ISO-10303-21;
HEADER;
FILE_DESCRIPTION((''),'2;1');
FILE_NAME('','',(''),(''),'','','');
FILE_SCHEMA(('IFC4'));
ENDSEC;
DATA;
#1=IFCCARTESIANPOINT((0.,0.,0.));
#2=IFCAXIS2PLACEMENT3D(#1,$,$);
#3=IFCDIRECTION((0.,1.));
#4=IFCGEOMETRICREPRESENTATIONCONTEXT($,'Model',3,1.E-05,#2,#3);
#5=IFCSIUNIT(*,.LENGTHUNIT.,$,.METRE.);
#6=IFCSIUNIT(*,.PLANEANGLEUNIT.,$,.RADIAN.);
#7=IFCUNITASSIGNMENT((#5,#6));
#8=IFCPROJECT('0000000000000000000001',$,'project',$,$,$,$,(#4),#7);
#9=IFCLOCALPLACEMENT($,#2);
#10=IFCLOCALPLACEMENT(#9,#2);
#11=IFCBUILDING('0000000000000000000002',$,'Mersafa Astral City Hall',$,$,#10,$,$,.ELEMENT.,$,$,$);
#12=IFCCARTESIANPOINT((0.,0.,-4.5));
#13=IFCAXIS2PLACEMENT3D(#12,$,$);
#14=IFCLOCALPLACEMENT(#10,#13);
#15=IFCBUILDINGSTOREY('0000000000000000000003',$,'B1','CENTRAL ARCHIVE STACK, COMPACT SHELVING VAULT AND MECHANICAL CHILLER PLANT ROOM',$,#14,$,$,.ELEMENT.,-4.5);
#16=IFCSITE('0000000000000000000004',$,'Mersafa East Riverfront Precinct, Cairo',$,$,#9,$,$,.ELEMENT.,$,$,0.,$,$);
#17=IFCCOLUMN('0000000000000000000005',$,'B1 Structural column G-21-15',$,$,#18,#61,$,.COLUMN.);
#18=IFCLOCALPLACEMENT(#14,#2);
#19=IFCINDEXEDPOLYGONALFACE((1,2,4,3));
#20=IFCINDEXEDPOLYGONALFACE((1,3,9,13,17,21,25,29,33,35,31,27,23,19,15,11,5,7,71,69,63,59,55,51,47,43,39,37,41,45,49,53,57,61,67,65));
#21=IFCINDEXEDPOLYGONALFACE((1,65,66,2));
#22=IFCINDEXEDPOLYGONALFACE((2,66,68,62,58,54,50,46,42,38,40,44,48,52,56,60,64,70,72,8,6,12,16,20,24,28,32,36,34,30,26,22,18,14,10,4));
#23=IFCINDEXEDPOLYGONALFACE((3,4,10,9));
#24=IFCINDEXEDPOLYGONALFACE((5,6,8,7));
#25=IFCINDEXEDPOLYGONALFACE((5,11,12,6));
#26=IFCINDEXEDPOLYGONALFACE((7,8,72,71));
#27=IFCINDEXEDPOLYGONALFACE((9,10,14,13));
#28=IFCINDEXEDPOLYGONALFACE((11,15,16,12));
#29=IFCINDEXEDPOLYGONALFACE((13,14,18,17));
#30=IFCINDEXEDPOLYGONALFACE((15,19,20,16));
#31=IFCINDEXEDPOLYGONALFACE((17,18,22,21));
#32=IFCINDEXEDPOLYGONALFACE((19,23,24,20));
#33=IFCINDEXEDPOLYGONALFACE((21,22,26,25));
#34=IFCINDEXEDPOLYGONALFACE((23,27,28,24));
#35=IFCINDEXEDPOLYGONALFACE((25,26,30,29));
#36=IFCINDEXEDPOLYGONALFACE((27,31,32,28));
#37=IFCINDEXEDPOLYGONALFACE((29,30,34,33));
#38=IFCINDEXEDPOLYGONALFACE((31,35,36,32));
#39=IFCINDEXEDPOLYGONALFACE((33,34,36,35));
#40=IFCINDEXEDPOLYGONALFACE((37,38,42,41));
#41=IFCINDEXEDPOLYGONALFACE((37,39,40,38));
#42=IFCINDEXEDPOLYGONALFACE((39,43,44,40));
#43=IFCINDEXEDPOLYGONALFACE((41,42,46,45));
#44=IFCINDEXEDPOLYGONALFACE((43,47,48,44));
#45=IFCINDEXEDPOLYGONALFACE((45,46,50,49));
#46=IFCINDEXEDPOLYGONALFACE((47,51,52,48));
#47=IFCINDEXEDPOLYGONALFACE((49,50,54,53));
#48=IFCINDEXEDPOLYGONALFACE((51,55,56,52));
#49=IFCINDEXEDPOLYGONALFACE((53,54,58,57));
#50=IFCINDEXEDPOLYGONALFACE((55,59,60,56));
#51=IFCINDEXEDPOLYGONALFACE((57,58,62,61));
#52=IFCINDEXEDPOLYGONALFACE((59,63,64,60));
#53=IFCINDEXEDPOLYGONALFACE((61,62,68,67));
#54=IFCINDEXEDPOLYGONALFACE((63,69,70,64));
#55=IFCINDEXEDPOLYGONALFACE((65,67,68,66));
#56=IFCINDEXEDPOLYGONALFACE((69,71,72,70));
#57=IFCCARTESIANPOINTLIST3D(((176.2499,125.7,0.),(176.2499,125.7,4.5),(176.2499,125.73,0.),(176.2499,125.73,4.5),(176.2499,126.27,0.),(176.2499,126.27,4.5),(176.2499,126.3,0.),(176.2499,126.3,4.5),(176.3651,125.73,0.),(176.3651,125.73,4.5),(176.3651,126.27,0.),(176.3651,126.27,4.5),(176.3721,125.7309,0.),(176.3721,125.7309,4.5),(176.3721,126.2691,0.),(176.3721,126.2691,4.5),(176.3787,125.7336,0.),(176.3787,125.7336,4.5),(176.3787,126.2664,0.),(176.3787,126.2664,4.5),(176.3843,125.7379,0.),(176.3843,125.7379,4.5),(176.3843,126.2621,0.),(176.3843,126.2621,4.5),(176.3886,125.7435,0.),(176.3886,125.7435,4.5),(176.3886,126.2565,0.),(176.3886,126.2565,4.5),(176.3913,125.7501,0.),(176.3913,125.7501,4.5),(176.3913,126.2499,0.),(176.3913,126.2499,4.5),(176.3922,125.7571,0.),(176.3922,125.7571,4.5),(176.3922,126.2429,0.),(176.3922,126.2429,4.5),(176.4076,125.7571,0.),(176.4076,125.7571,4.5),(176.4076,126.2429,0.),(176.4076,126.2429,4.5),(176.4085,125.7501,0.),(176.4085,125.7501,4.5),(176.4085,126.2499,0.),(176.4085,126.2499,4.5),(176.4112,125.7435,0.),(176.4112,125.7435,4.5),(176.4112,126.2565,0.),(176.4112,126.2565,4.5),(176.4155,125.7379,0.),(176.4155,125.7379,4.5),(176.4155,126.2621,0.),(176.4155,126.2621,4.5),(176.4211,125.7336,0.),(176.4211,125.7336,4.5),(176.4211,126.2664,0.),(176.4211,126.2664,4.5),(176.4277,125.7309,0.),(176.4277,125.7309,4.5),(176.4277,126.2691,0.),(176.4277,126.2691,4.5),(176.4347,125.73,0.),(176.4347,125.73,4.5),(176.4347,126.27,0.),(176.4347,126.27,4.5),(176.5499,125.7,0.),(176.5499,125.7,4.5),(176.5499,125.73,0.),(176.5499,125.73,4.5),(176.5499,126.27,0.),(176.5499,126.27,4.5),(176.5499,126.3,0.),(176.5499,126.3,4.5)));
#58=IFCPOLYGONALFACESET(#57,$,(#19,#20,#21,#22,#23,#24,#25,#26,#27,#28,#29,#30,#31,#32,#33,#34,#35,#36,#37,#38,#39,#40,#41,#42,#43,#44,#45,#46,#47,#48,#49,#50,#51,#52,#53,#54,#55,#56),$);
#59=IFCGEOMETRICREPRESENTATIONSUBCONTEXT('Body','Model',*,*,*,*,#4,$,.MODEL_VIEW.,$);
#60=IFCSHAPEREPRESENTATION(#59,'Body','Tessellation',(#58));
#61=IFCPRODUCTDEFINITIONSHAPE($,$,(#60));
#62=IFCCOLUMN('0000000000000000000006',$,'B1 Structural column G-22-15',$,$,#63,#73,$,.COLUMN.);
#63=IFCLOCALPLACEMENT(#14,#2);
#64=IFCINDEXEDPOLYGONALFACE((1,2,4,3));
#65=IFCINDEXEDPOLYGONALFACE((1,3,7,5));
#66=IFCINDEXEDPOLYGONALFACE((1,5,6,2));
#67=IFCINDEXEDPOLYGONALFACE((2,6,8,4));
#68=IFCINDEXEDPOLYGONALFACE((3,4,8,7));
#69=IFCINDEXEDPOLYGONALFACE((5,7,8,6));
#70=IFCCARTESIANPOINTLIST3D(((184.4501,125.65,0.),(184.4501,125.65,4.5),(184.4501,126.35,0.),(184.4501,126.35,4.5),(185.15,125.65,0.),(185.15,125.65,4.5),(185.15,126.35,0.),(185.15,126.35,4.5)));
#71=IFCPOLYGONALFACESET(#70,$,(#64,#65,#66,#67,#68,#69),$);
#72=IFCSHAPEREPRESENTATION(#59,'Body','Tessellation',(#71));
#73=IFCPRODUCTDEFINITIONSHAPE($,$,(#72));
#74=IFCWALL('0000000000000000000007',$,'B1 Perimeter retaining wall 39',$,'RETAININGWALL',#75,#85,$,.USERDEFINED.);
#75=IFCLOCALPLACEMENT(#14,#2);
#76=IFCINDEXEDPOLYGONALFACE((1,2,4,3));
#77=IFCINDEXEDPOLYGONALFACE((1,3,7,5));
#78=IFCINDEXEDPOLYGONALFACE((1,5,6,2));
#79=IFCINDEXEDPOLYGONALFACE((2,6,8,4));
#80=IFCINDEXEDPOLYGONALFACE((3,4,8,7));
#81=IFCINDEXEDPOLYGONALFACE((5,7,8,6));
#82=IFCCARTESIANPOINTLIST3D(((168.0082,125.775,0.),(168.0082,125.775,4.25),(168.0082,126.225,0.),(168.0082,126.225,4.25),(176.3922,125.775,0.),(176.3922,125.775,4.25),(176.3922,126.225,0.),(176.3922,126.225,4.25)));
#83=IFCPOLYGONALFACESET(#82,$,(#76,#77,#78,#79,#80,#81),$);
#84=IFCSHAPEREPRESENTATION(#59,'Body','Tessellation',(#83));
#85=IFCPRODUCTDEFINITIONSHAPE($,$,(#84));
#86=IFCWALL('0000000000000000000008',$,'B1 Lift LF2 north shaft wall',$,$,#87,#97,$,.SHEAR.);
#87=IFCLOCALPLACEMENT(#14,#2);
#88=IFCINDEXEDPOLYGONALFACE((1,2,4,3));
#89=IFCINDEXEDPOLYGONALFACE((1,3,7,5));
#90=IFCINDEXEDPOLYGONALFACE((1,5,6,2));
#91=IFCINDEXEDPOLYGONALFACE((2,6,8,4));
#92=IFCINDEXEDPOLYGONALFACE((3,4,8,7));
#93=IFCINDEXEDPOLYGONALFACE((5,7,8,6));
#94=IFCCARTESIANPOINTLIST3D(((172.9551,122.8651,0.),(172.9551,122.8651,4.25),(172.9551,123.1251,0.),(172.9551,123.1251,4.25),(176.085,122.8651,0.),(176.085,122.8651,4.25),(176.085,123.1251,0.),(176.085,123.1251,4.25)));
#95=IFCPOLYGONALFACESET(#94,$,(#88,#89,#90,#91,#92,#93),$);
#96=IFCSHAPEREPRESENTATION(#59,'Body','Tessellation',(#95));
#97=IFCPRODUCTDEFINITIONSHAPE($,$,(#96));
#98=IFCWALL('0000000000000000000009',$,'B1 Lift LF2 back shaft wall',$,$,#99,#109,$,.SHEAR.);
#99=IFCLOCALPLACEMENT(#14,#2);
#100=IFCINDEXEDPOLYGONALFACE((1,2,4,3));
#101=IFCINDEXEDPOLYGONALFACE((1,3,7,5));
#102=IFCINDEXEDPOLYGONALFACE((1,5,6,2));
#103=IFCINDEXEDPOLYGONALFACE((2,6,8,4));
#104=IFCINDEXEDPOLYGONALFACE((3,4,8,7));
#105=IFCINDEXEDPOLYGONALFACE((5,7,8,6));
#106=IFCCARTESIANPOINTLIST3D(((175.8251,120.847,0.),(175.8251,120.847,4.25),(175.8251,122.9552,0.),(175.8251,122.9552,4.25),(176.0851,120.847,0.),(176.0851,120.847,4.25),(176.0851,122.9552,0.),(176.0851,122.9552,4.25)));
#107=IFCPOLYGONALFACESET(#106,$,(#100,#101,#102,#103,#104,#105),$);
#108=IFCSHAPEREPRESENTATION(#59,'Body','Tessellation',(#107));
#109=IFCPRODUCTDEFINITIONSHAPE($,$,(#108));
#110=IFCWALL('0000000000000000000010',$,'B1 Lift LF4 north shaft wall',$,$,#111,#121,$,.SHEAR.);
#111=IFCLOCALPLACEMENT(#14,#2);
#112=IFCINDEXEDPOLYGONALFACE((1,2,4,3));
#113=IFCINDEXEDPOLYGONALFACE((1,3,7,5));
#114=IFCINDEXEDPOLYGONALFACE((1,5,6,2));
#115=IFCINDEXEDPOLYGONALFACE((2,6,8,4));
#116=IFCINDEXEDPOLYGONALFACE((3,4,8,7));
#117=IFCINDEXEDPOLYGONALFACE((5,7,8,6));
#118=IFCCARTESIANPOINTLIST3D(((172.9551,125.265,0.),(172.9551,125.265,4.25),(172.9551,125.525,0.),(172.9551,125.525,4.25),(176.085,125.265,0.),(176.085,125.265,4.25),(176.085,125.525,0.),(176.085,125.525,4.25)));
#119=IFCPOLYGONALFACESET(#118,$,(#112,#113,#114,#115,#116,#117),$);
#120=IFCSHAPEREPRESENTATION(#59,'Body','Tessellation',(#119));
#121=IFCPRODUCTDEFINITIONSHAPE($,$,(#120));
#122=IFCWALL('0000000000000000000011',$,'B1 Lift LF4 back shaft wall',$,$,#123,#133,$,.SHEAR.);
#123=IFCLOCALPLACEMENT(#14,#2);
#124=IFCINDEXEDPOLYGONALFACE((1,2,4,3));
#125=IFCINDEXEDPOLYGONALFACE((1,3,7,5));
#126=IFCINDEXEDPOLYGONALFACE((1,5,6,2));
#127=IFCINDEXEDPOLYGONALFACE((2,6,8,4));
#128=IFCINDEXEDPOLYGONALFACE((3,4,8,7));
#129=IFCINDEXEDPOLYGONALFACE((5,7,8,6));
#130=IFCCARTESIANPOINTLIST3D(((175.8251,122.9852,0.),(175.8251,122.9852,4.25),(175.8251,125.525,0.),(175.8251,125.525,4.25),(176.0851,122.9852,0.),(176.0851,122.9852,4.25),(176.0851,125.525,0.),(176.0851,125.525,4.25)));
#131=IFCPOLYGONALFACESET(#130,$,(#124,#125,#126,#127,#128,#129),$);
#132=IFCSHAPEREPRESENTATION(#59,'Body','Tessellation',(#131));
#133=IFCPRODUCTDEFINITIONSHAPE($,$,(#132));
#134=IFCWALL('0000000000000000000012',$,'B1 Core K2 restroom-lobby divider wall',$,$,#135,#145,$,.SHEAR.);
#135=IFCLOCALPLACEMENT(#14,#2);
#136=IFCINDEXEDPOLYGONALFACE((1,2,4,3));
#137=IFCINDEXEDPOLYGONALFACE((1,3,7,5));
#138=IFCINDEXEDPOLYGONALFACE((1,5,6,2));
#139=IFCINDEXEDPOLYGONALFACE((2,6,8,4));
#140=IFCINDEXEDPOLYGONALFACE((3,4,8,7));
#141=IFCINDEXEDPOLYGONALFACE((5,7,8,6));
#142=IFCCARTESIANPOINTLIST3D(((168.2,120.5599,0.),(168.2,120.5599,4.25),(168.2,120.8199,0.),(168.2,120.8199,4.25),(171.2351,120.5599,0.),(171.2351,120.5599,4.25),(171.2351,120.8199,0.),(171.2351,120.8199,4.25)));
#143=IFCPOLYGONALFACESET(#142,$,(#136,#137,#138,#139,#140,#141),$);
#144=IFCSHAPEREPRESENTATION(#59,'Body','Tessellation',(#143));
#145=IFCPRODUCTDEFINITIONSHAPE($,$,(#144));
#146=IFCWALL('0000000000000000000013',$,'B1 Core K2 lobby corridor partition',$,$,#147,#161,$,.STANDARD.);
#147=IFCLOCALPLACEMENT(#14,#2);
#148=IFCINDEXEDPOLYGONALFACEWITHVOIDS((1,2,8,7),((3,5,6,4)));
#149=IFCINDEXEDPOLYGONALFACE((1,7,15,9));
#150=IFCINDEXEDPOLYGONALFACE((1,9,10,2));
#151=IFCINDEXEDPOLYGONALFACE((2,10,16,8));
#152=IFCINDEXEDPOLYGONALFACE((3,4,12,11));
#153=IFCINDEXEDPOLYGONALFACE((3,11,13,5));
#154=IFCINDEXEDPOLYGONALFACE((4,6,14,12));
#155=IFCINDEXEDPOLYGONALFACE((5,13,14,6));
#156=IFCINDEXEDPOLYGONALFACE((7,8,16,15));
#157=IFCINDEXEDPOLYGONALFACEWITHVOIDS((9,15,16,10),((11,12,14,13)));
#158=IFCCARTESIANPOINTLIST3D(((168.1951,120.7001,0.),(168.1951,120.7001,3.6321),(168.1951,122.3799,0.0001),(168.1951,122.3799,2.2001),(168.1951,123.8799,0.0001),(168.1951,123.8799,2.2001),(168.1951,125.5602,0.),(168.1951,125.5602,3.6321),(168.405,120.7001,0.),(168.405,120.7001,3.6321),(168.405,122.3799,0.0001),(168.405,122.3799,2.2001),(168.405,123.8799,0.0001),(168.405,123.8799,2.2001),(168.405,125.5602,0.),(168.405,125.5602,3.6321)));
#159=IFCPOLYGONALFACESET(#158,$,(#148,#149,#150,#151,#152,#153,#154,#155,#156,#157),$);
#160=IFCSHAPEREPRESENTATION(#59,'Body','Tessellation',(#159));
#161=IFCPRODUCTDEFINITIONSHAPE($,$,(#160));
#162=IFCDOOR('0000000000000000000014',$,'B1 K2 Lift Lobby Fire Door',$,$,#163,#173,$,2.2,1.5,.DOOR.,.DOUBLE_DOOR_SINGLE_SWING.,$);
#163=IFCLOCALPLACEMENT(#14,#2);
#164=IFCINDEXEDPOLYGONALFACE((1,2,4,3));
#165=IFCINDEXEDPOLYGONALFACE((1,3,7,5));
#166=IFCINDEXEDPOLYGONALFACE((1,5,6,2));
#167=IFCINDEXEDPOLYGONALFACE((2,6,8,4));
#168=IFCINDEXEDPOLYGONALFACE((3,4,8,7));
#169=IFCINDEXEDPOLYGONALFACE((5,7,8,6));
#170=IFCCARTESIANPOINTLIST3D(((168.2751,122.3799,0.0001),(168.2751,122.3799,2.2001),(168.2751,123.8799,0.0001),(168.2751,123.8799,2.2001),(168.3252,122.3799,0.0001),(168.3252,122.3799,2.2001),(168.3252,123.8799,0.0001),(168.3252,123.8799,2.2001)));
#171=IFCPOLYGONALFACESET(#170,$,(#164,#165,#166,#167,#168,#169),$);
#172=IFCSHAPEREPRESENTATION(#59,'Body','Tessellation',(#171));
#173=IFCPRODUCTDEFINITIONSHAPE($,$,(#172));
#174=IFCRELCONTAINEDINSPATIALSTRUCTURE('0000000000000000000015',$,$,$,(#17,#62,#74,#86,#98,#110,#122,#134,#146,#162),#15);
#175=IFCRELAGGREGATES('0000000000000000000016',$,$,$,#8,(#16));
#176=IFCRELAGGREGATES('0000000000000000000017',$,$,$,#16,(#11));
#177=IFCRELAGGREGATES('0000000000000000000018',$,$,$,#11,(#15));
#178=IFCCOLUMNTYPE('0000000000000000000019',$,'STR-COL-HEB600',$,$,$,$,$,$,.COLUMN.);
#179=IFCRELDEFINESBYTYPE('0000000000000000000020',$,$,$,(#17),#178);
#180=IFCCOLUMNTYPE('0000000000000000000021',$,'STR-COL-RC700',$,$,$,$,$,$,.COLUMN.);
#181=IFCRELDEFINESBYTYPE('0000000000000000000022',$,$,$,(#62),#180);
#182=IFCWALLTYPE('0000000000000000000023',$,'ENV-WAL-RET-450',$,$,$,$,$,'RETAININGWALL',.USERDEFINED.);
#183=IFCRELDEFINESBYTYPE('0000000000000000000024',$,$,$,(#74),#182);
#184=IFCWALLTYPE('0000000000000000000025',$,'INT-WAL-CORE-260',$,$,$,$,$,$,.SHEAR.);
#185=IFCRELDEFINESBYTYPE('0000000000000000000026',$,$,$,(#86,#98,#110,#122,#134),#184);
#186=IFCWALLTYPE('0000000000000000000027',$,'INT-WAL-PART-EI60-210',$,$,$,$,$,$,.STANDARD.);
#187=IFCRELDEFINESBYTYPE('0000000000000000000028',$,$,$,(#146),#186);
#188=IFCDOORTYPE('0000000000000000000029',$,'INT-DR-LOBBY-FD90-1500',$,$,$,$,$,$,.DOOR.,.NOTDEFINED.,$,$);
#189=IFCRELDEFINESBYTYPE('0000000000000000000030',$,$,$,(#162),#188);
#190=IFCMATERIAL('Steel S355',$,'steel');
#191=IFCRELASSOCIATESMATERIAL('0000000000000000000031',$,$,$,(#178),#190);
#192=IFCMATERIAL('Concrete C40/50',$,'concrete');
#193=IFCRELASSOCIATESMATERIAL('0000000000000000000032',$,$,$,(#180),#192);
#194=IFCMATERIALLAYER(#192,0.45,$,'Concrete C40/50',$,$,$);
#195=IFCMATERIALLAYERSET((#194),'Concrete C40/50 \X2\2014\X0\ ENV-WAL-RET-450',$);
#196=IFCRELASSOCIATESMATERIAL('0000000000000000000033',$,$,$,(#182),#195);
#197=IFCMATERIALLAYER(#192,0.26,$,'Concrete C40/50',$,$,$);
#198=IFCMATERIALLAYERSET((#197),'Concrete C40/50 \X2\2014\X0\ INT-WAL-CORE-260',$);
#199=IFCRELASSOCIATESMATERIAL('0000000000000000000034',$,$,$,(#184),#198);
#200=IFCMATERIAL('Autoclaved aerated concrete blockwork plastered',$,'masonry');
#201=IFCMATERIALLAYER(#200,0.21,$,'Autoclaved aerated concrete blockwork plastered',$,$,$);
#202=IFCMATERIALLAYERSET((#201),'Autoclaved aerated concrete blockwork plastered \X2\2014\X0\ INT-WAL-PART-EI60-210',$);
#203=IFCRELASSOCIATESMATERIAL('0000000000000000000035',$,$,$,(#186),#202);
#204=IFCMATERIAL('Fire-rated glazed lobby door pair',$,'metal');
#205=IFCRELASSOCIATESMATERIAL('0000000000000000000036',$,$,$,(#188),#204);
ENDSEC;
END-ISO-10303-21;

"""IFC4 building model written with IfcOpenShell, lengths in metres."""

from ifc_helpers import new_model, si_unit, direction, frame, frame_2d, origin, origin_2d, place, context, subcontext, project, spatial, rectangle, i_section, extrude, material, layer, layer_set, material_profile, profile_set, type_object, element, fill, save


model = new_model("IFC4")

# Units and contexts
model_context = context("Model", 3, precision=1e-05, world=origin(), true_north=direction((0.0, 1.0)))
body_context = subcontext(model_context, "Body", "Model", "MODEL_VIEW")
ifc_project = project(units=[si_unit("LENGTHUNIT", "METRE"), si_unit("PLANEANGLEUNIT", "RADIAN")], contexts=[model_context])

# Site, building, storey
site_placement = place(None, origin())
site = spatial("IfcSite", under=ifc_project, at=site_placement, Name="Mersafa East Riverfront Precinct, Cairo", CompositionType="ELEMENT", RefElevation=0.0)
building_placement = place(site_placement, origin())
building = spatial("IfcBuilding", under=site, at=building_placement, Name="Mersafa Astral City Hall", CompositionType="ELEMENT")
storey_placement = place(building_placement, frame((0.0, 0.0, -4.5)))
storey = spatial("IfcBuildingStorey", under=building, at=storey_placement, Name="B1", Description="CENTRAL ARCHIVE STACK, COMPACT SHELVING VAULT AND MECHANICAL CHILLER PLANT ROOM", CompositionType="ELEMENT", Elevation=-4.5)

# Shared definitions
ifc_material_1 = material(Name="Concrete C40/50", Category="concrete")

# Columns
ifc_material_2 = material(Name="Steel S355", Category="steel")
ifc_material_profile_1 = material_profile(ifc_material_2, i_section(OverallWidth=0.3, OverallDepth=0.6001, WebThickness=0.0154, FlangeThickness=0.03, FilletRadius=0.0271, at=origin_2d()), Name="HEB 600")
ifc_profile_set_1 = profile_set([ifc_material_profile_1], Name="Steel S355")
column_type_1 = type_object("IfcColumnType", Name="STR-COL-HEB600", PredefinedType="COLUMN", material=ifc_profile_set_1)
column_1_placement = place(storey_placement, frame((176.3999, 126.0, 0.0), z_axis=(0.0, 0.0, 1.0), x_axis=(1.0, 0.0, 0.0)))
element("IfcColumn", 1, at=column_1_placement, inside=storey, type_object=column_type_1, Name="B1 Structural column G-21-15", PredefinedType="COLUMN", context=body_context, shape_type="SweptSolid", body=[
    extrude(i_section(OverallWidth=0.3, OverallDepth=0.6001, WebThickness=0.0154, FlangeThickness=0.03, FilletRadius=0.0271, at=origin_2d()), origin(), (0.0, 0.0, 1.0), 4.5),
])
ifc_material_profile_2 = material_profile(ifc_material_1, rectangle(XDim=0.7, YDim=0.7, at=origin_2d()), Name="RC 700x700")
ifc_profile_set_2 = profile_set([ifc_material_profile_2], Name="Concrete C40/50")
column_type_2 = type_object("IfcColumnType", Name="STR-COL-RC700", PredefinedType="COLUMN", material=ifc_profile_set_2)
column_2_placement = place(storey_placement, frame((184.8, 126.0, 0.0), z_axis=(0.0, 0.0, 1.0), x_axis=(1.0, 0.0, 0.0)))
element("IfcColumn", 2, at=column_2_placement, inside=storey, type_object=column_type_2, Name="B1 Structural column G-22-15", PredefinedType="COLUMN", context=body_context, shape_type="SweptSolid", body=[
    extrude(rectangle(XDim=0.7, YDim=0.7, at=origin_2d()), origin(), (0.0, 0.0, 1.0), 4.5),
])

# Walls
ifc_layer_1 = layer(ifc_material_1, 0.45, Name="Concrete C40/50")
ifc_layer_set_1 = layer_set([ifc_layer_1], Name="Concrete C40/50 — ENV-WAL-RET-450")
wall_type_1 = type_object("IfcWallType", Name="ENV-WAL-RET-450", ElementType="RETAININGWALL", PredefinedType="USERDEFINED", material=ifc_layer_set_1)
wall_1_placement = place(storey_placement, frame((176.3921, 126.0, 0.0), z_axis=(0.0, 0.0, 1.0), x_axis=(-1.0, 0.0, 0.0)))
element("IfcWall", 3, at=wall_1_placement, inside=storey, type_object=wall_type_1, Name="B1 Perimeter retaining wall 39", ObjectType="RETAININGWALL", PredefinedType="USERDEFINED", context=body_context, shape_type="SweptSolid", body=[
    extrude(rectangle(XDim=8.384, YDim=0.45, at=frame_2d((4.1919, 0.0))), origin(), (0.0, 0.0, 1.0), 4.25),
])
ifc_layer_2 = layer(ifc_material_1, 0.26, Name="Concrete C40/50")
ifc_layer_set_2 = layer_set([ifc_layer_2], Name="Concrete C40/50 — INT-WAL-CORE-260")
wall_type_2 = type_object("IfcWallType", Name="INT-WAL-CORE-260", PredefinedType="SHEAR", material=ifc_layer_set_2)
wall_2_placement = place(storey_placement, frame((172.9551, 122.9951, 0.0), z_axis=(0.0, 0.0, 1.0), x_axis=(1.0, 0.0, 0.0)))
element("IfcWall", 4, at=wall_2_placement, inside=storey, type_object=wall_type_2, Name="B1 Lift LF2 north shaft wall", PredefinedType="SHEAR", context=body_context, shape_type="SweptSolid", body=[
    extrude(rectangle(XDim=3.1299, YDim=0.26, at=frame_2d((1.5649, 0.0))), origin(), (0.0, 0.0, 1.0), 4.25),
])
wall_3_placement = place(storey_placement, frame((175.9551, 120.8469, 0.0), z_axis=(0.0, 0.0, 1.0), x_axis=(0.0, 1.0, 0.0)))
element("IfcWall", 5, at=wall_3_placement, inside=storey, type_object=wall_type_2, Name="B1 Lift LF2 back shaft wall", PredefinedType="SHEAR", context=body_context, shape_type="SweptSolid", body=[
    extrude(rectangle(XDim=2.1082, YDim=0.26, at=frame_2d((1.0542, 0.0))), origin(), (0.0, 0.0, 1.0), 4.25),
])

# Walls
wall_4_placement = place(storey_placement, frame((172.9551, 125.395, 0.0), z_axis=(0.0, 0.0, 1.0), x_axis=(1.0, 0.0, 0.0)))
element("IfcWall", 6, at=wall_4_placement, inside=storey, type_object=wall_type_2, Name="B1 Lift LF4 north shaft wall", PredefinedType="SHEAR", context=body_context, shape_type="SweptSolid", body=[
    extrude(rectangle(XDim=3.1299, YDim=0.26, at=frame_2d((1.5649, 0.0))), origin(), (0.0, 0.0, 1.0), 4.25),
])
wall_5_placement = place(storey_placement, frame((175.9551, 122.9851, 0.0), z_axis=(0.0, 0.0, 1.0), x_axis=(0.0, 1.0, 0.0)))
element("IfcWall", 7, at=wall_5_placement, inside=storey, type_object=wall_type_2, Name="B1 Lift LF4 back shaft wall", PredefinedType="SHEAR", context=body_context, shape_type="SweptSolid", body=[
    extrude(rectangle(XDim=2.5398, YDim=0.26, at=frame_2d((1.27, 0.0))), origin(), (0.0, 0.0, 1.0), 4.25),
])

# Wall
wall_6_placement = place(storey_placement, frame((168.2, 120.6899, 0.0), z_axis=(0.0, 0.0, 1.0), x_axis=(1.0, 0.0, 0.0)))
element("IfcWall", 8, at=wall_6_placement, inside=storey, type_object=wall_type_2, Name="B1 Core K2 restroom-lobby divider wall", PredefinedType="SHEAR", context=body_context, shape_type="SweptSolid", body=[
    extrude(rectangle(XDim=3.0352, YDim=0.26, at=frame_2d((1.5176, 0.0))), origin(), (0.0, 0.0, 1.0), 4.25),
])

# Wall, opening, door
ifc_material_3 = material(Name="Autoclaved aerated concrete blockwork plastered", Category="masonry")
ifc_layer_3 = layer(ifc_material_3, 0.21, Name="Autoclaved aerated concrete blockwork plastered")
ifc_layer_set_3 = layer_set([ifc_layer_3], Name="Autoclaved aerated concrete blockwork plastered — INT-WAL-PART-EI60-210")
wall_type_3 = type_object("IfcWallType", Name="INT-WAL-PART-EI60-210", PredefinedType="STANDARD", material=ifc_layer_set_3)
wall_7_placement = place(storey_placement, frame((168.3, 120.7, 0.0), z_axis=(0.0, 0.0, 1.0), x_axis=(0.0, 1.0, 0.0)))
wall_7 = element("IfcWall", 9, at=wall_7_placement, inside=storey, type_object=wall_type_3, Name="B1 Core K2 lobby corridor partition", PredefinedType="STANDARD", context=body_context, shape_type="SweptSolid", body=[
    extrude(rectangle(XDim=4.8601, YDim=0.21, at=frame_2d((2.4302, 0.0))), origin(), (0.0, 0.0, 1.0), 3.6321),
])
opening_1_placement = place(wall_7_placement, frame((1.6799, 0.0, 0.0)))
opening_1 = element("IfcOpeningElement", 10, at=opening_1_placement, cuts=wall_7, PredefinedType="OPENING", context=body_context, shape_type="SweptSolid", body=[
    extrude(rectangle(XDim=1.5, YDim=2.2, at=frame_2d((0.75, 1.1001))), frame((0.0, 0.115, 0.0), z_axis=(0.0, -1.0, 0.0), x_axis=(1.0, 0.0, 0.0)), (0.0, 0.0, 1.0), 0.23),
])
ifc_material_4 = material(Name="Fire-rated glazed lobby door pair", Category="metal")
door_type_1 = type_object("IfcDoorType", Name="INT-DR-LOBBY-FD90-1500", OperationType="NOTDEFINED", PredefinedType="DOOR", material=ifc_material_4)
door_1_placement = place(opening_1_placement, origin())
door_1 = element("IfcDoor", 11, at=door_1_placement, inside=storey, type_object=door_type_1, Name="B1 K2 Lift Lobby Fire Door", OperationType="DOUBLE_DOOR_SINGLE_SWING", OverallHeight=2.2, OverallWidth=1.5, PredefinedType="DOOR", context=body_context, shape_type="SweptSolid", body=[
    extrude(rectangle(XDim=1.5, YDim=2.2, at=frame_2d((0.75, 1.1001))), frame((0.0, 0.0249, 0.0), z_axis=(0.0, -1.0, 0.0), x_axis=(1.0, 0.0, 0.0)), (0.0, 0.0, 1.0), 0.05),
])
fill(opening_1, door_1)

save(model, "model.ifc")
